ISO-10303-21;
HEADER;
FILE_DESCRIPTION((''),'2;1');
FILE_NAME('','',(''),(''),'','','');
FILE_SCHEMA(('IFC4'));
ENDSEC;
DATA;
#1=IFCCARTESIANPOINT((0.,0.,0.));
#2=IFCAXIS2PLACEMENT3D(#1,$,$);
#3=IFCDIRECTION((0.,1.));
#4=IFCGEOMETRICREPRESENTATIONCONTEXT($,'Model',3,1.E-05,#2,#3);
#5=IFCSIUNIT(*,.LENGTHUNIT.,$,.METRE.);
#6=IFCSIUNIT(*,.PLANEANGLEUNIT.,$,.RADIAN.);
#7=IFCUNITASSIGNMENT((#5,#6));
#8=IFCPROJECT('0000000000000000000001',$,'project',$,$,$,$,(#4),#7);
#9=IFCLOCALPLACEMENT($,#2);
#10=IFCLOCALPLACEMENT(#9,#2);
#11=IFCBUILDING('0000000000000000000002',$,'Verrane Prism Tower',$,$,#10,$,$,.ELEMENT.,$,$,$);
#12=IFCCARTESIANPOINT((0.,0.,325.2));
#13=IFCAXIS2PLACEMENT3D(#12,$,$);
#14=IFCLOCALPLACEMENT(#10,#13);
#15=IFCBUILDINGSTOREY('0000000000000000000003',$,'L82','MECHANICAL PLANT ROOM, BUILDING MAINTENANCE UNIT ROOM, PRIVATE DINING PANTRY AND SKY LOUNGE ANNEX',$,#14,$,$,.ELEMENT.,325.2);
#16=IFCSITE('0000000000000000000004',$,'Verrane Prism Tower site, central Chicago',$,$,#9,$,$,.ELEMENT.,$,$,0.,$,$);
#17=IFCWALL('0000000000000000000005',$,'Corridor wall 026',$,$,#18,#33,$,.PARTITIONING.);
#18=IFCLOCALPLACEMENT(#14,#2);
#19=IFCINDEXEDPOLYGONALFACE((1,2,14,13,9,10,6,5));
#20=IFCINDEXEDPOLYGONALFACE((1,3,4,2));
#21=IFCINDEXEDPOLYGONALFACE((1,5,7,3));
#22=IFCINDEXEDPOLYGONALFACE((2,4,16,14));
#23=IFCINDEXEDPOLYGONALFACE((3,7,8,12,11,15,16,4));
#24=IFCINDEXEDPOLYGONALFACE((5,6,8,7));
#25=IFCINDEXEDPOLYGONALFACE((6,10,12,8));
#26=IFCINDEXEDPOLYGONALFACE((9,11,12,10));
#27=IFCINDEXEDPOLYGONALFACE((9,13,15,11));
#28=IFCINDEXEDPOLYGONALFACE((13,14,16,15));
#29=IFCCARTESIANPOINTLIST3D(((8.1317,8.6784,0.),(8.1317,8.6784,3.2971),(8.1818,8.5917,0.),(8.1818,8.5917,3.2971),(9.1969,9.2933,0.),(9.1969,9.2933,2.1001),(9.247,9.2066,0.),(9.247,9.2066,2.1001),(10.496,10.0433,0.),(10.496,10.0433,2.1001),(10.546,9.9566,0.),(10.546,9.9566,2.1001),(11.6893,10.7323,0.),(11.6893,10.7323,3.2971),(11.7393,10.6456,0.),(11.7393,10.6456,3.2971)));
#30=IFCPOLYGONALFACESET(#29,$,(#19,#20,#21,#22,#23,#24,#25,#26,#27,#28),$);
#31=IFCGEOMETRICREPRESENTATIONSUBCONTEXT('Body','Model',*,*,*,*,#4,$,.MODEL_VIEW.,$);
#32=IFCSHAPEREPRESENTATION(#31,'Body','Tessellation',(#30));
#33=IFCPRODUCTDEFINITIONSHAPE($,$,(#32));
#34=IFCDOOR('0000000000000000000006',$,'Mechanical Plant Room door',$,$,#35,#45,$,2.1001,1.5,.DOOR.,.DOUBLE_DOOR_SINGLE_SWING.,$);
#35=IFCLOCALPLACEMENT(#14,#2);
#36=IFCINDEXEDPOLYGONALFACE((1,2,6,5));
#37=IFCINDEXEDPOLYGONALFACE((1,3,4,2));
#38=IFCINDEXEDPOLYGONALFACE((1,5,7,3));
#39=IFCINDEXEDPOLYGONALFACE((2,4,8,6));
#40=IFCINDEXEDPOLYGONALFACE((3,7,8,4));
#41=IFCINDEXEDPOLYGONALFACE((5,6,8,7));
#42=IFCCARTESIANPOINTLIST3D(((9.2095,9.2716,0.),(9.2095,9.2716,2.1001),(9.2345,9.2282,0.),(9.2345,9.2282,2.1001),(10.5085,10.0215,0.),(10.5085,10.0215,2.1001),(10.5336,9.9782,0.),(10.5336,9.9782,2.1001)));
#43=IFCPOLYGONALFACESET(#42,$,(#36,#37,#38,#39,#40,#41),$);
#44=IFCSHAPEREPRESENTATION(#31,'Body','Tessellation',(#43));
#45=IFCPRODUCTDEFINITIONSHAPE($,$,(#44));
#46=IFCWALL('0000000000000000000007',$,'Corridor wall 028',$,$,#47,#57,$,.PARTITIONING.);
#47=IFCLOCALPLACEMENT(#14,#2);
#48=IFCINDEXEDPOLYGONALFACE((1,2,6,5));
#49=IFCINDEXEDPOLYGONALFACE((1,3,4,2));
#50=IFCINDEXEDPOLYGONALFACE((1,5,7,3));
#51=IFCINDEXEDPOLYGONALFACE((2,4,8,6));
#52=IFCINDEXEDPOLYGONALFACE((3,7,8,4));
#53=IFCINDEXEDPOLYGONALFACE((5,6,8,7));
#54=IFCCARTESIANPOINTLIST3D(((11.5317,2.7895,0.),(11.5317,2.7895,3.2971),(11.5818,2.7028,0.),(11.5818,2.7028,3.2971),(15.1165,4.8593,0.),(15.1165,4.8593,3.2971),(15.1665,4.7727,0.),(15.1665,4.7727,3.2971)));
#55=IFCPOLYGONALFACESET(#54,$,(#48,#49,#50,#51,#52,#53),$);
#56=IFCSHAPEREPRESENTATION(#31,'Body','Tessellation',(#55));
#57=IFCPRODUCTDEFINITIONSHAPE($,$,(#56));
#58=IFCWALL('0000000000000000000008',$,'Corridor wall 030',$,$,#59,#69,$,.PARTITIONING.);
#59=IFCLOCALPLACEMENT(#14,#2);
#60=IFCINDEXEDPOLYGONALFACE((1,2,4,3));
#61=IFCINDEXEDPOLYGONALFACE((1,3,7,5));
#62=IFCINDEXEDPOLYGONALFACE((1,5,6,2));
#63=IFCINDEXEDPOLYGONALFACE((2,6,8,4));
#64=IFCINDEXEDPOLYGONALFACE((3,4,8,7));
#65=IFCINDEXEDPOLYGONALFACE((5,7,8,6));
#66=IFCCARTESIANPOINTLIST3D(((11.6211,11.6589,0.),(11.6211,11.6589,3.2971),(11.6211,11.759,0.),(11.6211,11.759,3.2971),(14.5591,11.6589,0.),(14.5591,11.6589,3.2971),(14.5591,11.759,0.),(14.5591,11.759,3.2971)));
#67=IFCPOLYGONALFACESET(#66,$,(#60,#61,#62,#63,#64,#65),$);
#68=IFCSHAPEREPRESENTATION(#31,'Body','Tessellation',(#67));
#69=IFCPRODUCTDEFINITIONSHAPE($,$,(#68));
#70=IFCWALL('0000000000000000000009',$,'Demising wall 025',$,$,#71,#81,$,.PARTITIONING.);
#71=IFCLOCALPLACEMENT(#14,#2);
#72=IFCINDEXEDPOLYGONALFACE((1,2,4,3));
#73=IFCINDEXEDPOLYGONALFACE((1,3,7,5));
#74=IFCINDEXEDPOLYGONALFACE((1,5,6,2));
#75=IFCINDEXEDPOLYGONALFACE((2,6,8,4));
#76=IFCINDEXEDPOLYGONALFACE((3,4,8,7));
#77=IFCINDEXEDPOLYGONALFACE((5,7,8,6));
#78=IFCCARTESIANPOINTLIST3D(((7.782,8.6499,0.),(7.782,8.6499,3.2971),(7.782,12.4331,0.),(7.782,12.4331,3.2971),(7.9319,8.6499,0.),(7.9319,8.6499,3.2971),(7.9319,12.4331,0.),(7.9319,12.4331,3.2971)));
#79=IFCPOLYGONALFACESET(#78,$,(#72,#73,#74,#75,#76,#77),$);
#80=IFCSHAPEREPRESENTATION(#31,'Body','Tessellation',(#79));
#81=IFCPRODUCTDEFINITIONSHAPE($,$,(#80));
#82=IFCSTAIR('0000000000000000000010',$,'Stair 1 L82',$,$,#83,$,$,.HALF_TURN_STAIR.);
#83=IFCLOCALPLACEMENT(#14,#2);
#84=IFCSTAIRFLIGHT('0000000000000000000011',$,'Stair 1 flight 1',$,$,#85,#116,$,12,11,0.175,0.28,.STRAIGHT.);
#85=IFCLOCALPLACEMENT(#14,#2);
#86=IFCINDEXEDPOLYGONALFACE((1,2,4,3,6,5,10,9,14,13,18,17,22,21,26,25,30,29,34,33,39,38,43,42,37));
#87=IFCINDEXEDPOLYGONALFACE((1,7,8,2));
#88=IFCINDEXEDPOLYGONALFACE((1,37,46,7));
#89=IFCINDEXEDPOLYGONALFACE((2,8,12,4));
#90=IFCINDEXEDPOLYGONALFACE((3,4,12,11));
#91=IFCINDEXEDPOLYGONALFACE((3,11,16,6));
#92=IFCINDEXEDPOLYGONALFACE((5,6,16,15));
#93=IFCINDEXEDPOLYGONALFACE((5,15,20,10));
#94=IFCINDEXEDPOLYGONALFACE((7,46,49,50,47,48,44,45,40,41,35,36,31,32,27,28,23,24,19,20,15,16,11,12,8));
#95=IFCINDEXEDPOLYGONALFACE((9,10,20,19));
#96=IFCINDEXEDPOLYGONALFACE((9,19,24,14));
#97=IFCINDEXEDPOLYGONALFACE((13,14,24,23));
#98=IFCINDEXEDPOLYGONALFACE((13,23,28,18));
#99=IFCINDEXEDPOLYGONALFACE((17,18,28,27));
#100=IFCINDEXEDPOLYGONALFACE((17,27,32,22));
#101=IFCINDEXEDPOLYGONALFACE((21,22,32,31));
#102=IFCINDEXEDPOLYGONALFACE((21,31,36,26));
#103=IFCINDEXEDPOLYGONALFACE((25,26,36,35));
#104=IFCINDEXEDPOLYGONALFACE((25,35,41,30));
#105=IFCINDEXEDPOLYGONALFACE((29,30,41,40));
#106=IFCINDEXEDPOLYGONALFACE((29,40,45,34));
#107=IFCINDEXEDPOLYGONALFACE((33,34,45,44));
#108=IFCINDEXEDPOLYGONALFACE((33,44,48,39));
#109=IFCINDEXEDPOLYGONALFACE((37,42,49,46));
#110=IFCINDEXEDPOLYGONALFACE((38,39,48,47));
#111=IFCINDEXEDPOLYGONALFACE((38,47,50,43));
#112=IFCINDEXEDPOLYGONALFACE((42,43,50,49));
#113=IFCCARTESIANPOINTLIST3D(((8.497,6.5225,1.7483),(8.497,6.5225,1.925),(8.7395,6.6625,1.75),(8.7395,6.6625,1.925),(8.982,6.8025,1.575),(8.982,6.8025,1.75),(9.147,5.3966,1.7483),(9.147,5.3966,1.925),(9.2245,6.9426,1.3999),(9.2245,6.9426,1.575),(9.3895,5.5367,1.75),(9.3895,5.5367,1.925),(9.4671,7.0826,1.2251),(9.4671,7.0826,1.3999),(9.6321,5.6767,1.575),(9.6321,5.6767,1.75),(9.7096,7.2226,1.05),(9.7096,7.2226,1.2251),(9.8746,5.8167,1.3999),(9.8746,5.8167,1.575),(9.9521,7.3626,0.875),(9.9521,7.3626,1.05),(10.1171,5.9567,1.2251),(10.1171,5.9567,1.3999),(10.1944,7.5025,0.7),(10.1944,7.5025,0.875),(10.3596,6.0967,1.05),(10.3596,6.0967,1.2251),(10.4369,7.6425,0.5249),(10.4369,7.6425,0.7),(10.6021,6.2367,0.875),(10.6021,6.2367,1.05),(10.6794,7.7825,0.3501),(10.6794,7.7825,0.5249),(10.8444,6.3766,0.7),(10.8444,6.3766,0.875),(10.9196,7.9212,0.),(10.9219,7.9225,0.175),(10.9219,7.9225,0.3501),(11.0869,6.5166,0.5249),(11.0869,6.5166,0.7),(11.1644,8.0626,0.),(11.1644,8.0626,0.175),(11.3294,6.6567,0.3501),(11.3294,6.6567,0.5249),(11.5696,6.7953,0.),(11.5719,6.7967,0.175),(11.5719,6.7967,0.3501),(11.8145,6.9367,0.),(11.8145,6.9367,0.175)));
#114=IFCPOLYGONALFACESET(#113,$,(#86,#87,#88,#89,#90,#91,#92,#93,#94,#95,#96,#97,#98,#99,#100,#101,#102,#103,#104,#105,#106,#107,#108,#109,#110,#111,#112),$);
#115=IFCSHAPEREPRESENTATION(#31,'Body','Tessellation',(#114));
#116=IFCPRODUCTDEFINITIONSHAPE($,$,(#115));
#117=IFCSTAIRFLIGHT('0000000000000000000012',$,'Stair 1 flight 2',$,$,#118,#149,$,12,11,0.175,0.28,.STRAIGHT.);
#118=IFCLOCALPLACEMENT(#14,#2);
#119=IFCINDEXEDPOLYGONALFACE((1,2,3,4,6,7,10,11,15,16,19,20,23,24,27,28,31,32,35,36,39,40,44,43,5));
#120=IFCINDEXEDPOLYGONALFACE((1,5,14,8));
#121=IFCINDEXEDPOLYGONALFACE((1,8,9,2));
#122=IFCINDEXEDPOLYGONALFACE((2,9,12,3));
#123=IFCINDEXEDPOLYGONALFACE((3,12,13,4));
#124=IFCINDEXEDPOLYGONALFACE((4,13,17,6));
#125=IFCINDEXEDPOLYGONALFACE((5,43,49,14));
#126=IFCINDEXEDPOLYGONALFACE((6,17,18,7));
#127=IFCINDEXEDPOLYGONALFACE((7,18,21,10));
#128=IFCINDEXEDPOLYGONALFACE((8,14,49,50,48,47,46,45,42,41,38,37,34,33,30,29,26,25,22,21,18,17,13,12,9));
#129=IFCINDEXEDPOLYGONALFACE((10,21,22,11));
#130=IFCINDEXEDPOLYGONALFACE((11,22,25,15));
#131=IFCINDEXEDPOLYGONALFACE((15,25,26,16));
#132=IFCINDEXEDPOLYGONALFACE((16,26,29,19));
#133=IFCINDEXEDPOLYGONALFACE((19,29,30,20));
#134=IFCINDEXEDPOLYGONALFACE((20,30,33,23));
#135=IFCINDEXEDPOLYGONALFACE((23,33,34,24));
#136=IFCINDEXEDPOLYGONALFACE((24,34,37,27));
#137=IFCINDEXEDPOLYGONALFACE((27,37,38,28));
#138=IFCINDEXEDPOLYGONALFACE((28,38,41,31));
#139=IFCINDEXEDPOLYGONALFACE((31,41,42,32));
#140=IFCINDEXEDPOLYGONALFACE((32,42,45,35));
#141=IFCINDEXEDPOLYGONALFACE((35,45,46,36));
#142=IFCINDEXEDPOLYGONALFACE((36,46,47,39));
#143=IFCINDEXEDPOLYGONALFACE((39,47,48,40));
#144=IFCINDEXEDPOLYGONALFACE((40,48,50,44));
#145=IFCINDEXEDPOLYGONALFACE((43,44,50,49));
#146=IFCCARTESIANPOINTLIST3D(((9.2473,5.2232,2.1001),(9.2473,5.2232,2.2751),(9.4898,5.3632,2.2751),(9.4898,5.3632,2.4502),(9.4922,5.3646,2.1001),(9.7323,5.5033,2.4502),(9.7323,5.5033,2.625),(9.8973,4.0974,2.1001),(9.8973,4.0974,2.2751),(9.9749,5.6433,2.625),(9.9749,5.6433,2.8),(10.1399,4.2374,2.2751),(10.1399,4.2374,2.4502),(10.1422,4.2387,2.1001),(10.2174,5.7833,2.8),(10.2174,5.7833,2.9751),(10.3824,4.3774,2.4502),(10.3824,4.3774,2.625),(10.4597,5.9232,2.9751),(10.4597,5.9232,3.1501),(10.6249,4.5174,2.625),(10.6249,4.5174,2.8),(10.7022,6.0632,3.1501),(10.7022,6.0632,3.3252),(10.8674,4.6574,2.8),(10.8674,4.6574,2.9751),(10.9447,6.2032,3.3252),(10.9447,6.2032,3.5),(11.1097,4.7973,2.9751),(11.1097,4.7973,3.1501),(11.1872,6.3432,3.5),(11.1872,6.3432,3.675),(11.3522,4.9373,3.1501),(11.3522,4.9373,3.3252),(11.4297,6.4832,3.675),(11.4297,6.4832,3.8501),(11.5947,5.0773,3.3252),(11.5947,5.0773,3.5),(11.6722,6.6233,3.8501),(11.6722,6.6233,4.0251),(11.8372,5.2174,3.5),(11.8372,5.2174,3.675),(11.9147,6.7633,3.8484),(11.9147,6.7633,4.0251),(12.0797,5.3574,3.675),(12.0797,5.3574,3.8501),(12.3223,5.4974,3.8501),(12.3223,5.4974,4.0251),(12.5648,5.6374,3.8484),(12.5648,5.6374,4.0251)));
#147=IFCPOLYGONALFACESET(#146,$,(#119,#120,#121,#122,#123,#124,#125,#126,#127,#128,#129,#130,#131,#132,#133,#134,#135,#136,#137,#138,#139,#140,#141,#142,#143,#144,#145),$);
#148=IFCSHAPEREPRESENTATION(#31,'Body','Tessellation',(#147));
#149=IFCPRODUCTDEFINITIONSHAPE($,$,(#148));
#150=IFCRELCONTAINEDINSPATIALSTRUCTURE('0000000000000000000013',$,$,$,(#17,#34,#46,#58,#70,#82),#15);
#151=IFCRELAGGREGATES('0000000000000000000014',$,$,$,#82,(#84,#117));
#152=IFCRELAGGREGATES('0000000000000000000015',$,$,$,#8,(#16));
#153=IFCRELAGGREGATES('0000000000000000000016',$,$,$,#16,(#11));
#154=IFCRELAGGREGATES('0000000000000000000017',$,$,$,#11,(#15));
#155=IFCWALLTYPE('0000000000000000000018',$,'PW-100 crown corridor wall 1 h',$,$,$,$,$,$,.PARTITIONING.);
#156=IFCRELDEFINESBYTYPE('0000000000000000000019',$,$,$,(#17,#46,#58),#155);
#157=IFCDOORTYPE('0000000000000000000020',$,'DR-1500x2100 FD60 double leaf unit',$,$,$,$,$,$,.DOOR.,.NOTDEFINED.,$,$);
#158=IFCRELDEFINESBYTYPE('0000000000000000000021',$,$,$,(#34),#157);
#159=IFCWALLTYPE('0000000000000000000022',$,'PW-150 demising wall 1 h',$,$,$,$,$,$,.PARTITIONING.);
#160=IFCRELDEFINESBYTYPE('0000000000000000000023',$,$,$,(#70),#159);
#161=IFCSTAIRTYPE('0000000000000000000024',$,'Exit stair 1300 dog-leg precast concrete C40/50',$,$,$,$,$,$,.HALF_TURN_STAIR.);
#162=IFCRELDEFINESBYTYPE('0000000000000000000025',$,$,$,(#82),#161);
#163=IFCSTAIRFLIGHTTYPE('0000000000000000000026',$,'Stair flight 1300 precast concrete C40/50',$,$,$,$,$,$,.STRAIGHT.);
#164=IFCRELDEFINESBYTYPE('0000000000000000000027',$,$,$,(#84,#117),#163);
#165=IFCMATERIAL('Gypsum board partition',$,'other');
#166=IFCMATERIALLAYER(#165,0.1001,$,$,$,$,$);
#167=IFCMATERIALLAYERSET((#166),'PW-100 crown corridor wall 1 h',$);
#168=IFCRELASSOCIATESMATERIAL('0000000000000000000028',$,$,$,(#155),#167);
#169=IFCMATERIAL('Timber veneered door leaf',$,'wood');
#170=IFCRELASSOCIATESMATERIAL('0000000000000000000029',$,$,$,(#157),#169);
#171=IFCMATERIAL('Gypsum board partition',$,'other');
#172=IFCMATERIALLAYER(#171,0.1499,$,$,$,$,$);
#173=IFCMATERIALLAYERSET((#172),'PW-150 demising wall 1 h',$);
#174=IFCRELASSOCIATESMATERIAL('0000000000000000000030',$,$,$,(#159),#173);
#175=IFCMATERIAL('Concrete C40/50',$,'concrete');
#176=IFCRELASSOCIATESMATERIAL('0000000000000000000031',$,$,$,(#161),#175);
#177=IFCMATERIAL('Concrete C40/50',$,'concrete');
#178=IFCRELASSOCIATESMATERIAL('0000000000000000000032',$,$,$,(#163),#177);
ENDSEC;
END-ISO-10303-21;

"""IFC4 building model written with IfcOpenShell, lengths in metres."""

from ifc_helpers import new_model, si_unit, direction, frame, frame_2d, origin, place, context, subcontext, project, spatial, polyline, rectangle, outline, extrude, material, layer, layer_set, type_object, element, fill, aggregate, save


model = new_model("IFC4")

# Units and contexts
model_context = context("Model", 3, precision=1e-05, world=origin(), true_north=direction((0.0, 1.0)))
body_context = subcontext(model_context, "Body", "Model", "MODEL_VIEW")
ifc_project = project(units=[si_unit("LENGTHUNIT", "METRE"), si_unit("PLANEANGLEUNIT", "RADIAN")], contexts=[model_context])

# Site, building, storey
site_placement = place(None, origin())
site = spatial("IfcSite", under=ifc_project, at=site_placement, Name="Verrane Prism Tower site, central Chicago", CompositionType="ELEMENT", RefElevation=0.0)
building_placement = place(site_placement, origin())
building = spatial("IfcBuilding", under=site, at=building_placement, Name="Verrane Prism Tower", CompositionType="ELEMENT")
storey_placement = place(building_placement, frame((0.0, 0.0, 325.2)))
storey = spatial("IfcBuildingStorey", under=building, at=storey_placement, Name="L82", Description="MECHANICAL PLANT ROOM, BUILDING MAINTENANCE UNIT ROOM, PRIVATE DINING PANTRY AND SKY LOUNGE ANNEX", CompositionType="ELEMENT", Elevation=325.2)

# Shared definitions
ifc_material_1 = material(Name="Gypsum board partition", Category="other")
ifc_layer_1 = layer(ifc_material_1, 0.1001)
ifc_layer_set_1 = layer_set([ifc_layer_1], Name="PW-100 crown corridor wall 1 h")
wall_type_1 = type_object("IfcWallType", Name="PW-100 crown corridor wall 1 h", PredefinedType="PARTITIONING", material=ifc_layer_set_1)
ifc_material_2 = material(Name="Timber veneered door leaf", Category="wood")
door_type_1 = type_object("IfcDoorType", Name="DR-1500x2100 FD60 double leaf unit", OperationType="NOTDEFINED", PredefinedType="DOOR", material=ifc_material_2)

# Wall, opening, door
wall_1_placement = place(storey_placement, frame((8.1567, 8.635, 0.0), z_axis=(0.0, 0.0, 1.0), x_axis=(0.866029, 0.499993, 0.0)))
wall_1 = element("IfcWall", 1, at=wall_1_placement, inside=storey, type_object=wall_type_1, Name="Corridor wall 026", PredefinedType="PARTITIONING", context=body_context, shape_type="SweptSolid", body=[
    extrude(rectangle(XDim=4.1079, YDim=0.1001, at=frame_2d((2.054, 0.0))), origin(), (0.0, 0.0, 1.0), 3.2971),
])
opening_1_placement = place(wall_1_placement, frame((1.23, 0.0, 0.0)))
opening_1 = element("IfcOpeningElement", 2, at=opening_1_placement, cuts=wall_1, PredefinedType="OPENING", context=body_context, shape_type="SweptSolid", body=[
    extrude(rectangle(XDim=1.5, YDim=2.1001, at=frame_2d((0.75, 1.05))), frame((0.0, 0.0601, 0.0), z_axis=(0.0, -1.0, 0.0), x_axis=(1.0, 0.0, 0.0)), (0.0, 0.0, 1.0), 0.1201),
])
door_1_placement = place(opening_1_placement, origin())
door_1 = element("IfcDoor", 3, at=door_1_placement, inside=storey, type_object=door_type_1, Name="Mechanical Plant Room door", OperationType="DOUBLE_DOOR_SINGLE_SWING", OverallHeight=2.1001, OverallWidth=1.5, PredefinedType="DOOR", context=body_context, shape_type="SweptSolid", body=[
    extrude(rectangle(XDim=1.5, YDim=2.1001, at=frame_2d((0.75, 1.05))), frame((0.0, 0.0249, 0.0), z_axis=(0.0, -1.0, 0.0), x_axis=(1.0, 0.0, 0.0)), (0.0, 0.0, 1.0), 0.05),
])
fill(opening_1, door_1)

# Walls
wall_2_placement = place(storey_placement, frame((11.5566, 2.7461, 0.0), z_axis=(0.0, 0.0, 1.0), x_axis=(0.866006, 0.500034, 0.0)))
element("IfcWall", 4, at=wall_2_placement, inside=storey, type_object=wall_type_1, Name="Corridor wall 028", PredefinedType="PARTITIONING", context=body_context, shape_type="SweptSolid", body=[
    extrude(rectangle(XDim=4.1394, YDim=0.1001, at=frame_2d((2.0698, 0.0))), origin(), (0.0, 0.0, 1.0), 3.2971),
])
wall_3_placement = place(storey_placement, frame((11.6211, 11.709, 0.0), z_axis=(0.0, 0.0, 1.0), x_axis=(1.0, 0.0, 0.0)))
element("IfcWall", 5, at=wall_3_placement, inside=storey, type_object=wall_type_1, Name="Corridor wall 030", PredefinedType="PARTITIONING", context=body_context, shape_type="SweptSolid", body=[
    extrude(rectangle(XDim=2.938, YDim=0.1001, at=frame_2d((1.469, 0.0))), origin(), (0.0, 0.0, 1.0), 3.2971),
])
ifc_material_3 = material(Name="Gypsum board partition", Category="other")
ifc_layer_2 = layer(ifc_material_3, 0.1499)
ifc_layer_set_2 = layer_set([ifc_layer_2], Name="PW-150 demising wall 1 h")
wall_type_2 = type_object("IfcWallType", Name="PW-150 demising wall 1 h", PredefinedType="PARTITIONING", material=ifc_layer_set_2)
wall_4_placement = place(storey_placement, frame((7.8569, 8.6499, 0.0), z_axis=(0.0, 0.0, 1.0), x_axis=(0.0, 1.0, 0.0)))
element("IfcWall", 6, at=wall_4_placement, inside=storey, type_object=wall_type_2, Name="Demising wall 025", PredefinedType="PARTITIONING", context=body_context, shape_type="SweptSolid", body=[
    extrude(rectangle(XDim=3.7832, YDim=0.1499, at=frame_2d((1.8916, 0.0))), origin(), (0.0, 0.0, 1.0), 3.2971),
])

# Stair, stair flights
ifc_material_4 = material(Name="Concrete C40/50", Category="concrete")
stair_type = type_object("IfcStairType", Name="Exit stair 1300 dog-leg precast concrete C40/50", PredefinedType="HALF_TURN_STAIR", material=ifc_material_4)
stair_placement = place(storey_placement, origin())
stair = element("IfcStair", 7, at=stair_placement, inside=storey, type_object=stair_type, Name="Stair 1 L82", PredefinedType="HALF_TURN_STAIR")
ifc_material_5 = material(Name="Concrete C40/50", Category="concrete")
stair_flight_type = type_object("IfcStairFlightType", Name="Stair flight 1300 precast concrete C40/50", PredefinedType="STRAIGHT", material=ifc_material_5)
stair_flight_1_placement = place(storey_placement, frame((11.4895, 7.4995, 0.0), z_axis=(0.0, 0.0, 1.0), x_axis=(-0.866025, -0.5, 0.0)))
stair_flight_1 = element("IfcStairFlight", 8, at=stair_flight_1_placement, type_object=stair_flight_type, Name="Stair 1 flight 1", NumberOfRisers=12, NumberOfTreads=11, PredefinedType="STRAIGHT", RiserHeight=0.175, TreadLength=0.28, context=body_context, shape_type="SweptSolid", body=[
    extrude(outline(polyline([(0.0, 0.0), (0.0, 0.175), (0.28, 0.175), (0.28, 0.3501), (0.5601, 0.3501), (0.5601, 0.5249), (0.8401, 0.5249), (0.8401, 0.7), (1.1201, 0.7), (1.1201, 0.875), (1.3999, 0.875), (1.3999, 1.05), (1.6799, 1.05), (1.6799, 1.2251), (1.96, 1.2251), (1.96, 1.3999), (2.24, 1.3999), (2.24, 1.575), (2.52, 1.575), (2.52, 1.75), (2.8, 1.75), (2.8, 1.925), (3.0801, 1.925), (3.0801, 2.1001), (3.0801, 1.7483), (0.2827, 0.0), (0.0, 0.0)])), frame((0.0, 0.6499, 0.0), z_axis=(0.0, -1.0, 0.0), x_axis=(1.0, 0.0, 0.0)), (0.0, 0.0, 1.0), 1.3),
])
stair_flight_2_placement = place(storey_placement, frame((9.5723, 4.6604, 2.1001), z_axis=(0.0, 0.0, 1.0), x_axis=(0.866025, 0.5, 0.0)))
stair_flight_2 = element("IfcStairFlight", 9, at=stair_flight_2_placement, type_object=stair_flight_type, Name="Stair 1 flight 2", NumberOfRisers=12, NumberOfTreads=11, PredefinedType="STRAIGHT", RiserHeight=0.175, TreadLength=0.28, context=body_context, shape_type="SweptSolid", body=[
    extrude(outline(polyline([(0.0, 0.0), (0.0, 0.175), (0.28, 0.175), (0.28, 0.3501), (0.5601, 0.3501), (0.5601, 0.5249), (0.8401, 0.5249), (0.8401, 0.7), (1.1201, 0.7), (1.1201, 0.875), (1.3999, 0.875), (1.3999, 1.05), (1.6799, 1.05), (1.6799, 1.2251), (1.96, 1.2251), (1.96, 1.3999), (2.24, 1.3999), (2.24, 1.575), (2.52, 1.575), (2.52, 1.75), (2.8, 1.75), (2.8, 1.925), (3.0801, 1.925), (3.0801, 2.1001), (3.0801, 1.7483), (0.2827, 0.0), (0.0, 0.0)])), frame((0.0, 0.6499, 0.0), z_axis=(0.0, -1.0, 0.0), x_axis=(1.0, 0.0, 0.0)), (0.0, 0.0, 1.0), 1.3),
])
aggregate(stair, [stair_flight_1, stair_flight_2])

save(model, "model.ifc")
